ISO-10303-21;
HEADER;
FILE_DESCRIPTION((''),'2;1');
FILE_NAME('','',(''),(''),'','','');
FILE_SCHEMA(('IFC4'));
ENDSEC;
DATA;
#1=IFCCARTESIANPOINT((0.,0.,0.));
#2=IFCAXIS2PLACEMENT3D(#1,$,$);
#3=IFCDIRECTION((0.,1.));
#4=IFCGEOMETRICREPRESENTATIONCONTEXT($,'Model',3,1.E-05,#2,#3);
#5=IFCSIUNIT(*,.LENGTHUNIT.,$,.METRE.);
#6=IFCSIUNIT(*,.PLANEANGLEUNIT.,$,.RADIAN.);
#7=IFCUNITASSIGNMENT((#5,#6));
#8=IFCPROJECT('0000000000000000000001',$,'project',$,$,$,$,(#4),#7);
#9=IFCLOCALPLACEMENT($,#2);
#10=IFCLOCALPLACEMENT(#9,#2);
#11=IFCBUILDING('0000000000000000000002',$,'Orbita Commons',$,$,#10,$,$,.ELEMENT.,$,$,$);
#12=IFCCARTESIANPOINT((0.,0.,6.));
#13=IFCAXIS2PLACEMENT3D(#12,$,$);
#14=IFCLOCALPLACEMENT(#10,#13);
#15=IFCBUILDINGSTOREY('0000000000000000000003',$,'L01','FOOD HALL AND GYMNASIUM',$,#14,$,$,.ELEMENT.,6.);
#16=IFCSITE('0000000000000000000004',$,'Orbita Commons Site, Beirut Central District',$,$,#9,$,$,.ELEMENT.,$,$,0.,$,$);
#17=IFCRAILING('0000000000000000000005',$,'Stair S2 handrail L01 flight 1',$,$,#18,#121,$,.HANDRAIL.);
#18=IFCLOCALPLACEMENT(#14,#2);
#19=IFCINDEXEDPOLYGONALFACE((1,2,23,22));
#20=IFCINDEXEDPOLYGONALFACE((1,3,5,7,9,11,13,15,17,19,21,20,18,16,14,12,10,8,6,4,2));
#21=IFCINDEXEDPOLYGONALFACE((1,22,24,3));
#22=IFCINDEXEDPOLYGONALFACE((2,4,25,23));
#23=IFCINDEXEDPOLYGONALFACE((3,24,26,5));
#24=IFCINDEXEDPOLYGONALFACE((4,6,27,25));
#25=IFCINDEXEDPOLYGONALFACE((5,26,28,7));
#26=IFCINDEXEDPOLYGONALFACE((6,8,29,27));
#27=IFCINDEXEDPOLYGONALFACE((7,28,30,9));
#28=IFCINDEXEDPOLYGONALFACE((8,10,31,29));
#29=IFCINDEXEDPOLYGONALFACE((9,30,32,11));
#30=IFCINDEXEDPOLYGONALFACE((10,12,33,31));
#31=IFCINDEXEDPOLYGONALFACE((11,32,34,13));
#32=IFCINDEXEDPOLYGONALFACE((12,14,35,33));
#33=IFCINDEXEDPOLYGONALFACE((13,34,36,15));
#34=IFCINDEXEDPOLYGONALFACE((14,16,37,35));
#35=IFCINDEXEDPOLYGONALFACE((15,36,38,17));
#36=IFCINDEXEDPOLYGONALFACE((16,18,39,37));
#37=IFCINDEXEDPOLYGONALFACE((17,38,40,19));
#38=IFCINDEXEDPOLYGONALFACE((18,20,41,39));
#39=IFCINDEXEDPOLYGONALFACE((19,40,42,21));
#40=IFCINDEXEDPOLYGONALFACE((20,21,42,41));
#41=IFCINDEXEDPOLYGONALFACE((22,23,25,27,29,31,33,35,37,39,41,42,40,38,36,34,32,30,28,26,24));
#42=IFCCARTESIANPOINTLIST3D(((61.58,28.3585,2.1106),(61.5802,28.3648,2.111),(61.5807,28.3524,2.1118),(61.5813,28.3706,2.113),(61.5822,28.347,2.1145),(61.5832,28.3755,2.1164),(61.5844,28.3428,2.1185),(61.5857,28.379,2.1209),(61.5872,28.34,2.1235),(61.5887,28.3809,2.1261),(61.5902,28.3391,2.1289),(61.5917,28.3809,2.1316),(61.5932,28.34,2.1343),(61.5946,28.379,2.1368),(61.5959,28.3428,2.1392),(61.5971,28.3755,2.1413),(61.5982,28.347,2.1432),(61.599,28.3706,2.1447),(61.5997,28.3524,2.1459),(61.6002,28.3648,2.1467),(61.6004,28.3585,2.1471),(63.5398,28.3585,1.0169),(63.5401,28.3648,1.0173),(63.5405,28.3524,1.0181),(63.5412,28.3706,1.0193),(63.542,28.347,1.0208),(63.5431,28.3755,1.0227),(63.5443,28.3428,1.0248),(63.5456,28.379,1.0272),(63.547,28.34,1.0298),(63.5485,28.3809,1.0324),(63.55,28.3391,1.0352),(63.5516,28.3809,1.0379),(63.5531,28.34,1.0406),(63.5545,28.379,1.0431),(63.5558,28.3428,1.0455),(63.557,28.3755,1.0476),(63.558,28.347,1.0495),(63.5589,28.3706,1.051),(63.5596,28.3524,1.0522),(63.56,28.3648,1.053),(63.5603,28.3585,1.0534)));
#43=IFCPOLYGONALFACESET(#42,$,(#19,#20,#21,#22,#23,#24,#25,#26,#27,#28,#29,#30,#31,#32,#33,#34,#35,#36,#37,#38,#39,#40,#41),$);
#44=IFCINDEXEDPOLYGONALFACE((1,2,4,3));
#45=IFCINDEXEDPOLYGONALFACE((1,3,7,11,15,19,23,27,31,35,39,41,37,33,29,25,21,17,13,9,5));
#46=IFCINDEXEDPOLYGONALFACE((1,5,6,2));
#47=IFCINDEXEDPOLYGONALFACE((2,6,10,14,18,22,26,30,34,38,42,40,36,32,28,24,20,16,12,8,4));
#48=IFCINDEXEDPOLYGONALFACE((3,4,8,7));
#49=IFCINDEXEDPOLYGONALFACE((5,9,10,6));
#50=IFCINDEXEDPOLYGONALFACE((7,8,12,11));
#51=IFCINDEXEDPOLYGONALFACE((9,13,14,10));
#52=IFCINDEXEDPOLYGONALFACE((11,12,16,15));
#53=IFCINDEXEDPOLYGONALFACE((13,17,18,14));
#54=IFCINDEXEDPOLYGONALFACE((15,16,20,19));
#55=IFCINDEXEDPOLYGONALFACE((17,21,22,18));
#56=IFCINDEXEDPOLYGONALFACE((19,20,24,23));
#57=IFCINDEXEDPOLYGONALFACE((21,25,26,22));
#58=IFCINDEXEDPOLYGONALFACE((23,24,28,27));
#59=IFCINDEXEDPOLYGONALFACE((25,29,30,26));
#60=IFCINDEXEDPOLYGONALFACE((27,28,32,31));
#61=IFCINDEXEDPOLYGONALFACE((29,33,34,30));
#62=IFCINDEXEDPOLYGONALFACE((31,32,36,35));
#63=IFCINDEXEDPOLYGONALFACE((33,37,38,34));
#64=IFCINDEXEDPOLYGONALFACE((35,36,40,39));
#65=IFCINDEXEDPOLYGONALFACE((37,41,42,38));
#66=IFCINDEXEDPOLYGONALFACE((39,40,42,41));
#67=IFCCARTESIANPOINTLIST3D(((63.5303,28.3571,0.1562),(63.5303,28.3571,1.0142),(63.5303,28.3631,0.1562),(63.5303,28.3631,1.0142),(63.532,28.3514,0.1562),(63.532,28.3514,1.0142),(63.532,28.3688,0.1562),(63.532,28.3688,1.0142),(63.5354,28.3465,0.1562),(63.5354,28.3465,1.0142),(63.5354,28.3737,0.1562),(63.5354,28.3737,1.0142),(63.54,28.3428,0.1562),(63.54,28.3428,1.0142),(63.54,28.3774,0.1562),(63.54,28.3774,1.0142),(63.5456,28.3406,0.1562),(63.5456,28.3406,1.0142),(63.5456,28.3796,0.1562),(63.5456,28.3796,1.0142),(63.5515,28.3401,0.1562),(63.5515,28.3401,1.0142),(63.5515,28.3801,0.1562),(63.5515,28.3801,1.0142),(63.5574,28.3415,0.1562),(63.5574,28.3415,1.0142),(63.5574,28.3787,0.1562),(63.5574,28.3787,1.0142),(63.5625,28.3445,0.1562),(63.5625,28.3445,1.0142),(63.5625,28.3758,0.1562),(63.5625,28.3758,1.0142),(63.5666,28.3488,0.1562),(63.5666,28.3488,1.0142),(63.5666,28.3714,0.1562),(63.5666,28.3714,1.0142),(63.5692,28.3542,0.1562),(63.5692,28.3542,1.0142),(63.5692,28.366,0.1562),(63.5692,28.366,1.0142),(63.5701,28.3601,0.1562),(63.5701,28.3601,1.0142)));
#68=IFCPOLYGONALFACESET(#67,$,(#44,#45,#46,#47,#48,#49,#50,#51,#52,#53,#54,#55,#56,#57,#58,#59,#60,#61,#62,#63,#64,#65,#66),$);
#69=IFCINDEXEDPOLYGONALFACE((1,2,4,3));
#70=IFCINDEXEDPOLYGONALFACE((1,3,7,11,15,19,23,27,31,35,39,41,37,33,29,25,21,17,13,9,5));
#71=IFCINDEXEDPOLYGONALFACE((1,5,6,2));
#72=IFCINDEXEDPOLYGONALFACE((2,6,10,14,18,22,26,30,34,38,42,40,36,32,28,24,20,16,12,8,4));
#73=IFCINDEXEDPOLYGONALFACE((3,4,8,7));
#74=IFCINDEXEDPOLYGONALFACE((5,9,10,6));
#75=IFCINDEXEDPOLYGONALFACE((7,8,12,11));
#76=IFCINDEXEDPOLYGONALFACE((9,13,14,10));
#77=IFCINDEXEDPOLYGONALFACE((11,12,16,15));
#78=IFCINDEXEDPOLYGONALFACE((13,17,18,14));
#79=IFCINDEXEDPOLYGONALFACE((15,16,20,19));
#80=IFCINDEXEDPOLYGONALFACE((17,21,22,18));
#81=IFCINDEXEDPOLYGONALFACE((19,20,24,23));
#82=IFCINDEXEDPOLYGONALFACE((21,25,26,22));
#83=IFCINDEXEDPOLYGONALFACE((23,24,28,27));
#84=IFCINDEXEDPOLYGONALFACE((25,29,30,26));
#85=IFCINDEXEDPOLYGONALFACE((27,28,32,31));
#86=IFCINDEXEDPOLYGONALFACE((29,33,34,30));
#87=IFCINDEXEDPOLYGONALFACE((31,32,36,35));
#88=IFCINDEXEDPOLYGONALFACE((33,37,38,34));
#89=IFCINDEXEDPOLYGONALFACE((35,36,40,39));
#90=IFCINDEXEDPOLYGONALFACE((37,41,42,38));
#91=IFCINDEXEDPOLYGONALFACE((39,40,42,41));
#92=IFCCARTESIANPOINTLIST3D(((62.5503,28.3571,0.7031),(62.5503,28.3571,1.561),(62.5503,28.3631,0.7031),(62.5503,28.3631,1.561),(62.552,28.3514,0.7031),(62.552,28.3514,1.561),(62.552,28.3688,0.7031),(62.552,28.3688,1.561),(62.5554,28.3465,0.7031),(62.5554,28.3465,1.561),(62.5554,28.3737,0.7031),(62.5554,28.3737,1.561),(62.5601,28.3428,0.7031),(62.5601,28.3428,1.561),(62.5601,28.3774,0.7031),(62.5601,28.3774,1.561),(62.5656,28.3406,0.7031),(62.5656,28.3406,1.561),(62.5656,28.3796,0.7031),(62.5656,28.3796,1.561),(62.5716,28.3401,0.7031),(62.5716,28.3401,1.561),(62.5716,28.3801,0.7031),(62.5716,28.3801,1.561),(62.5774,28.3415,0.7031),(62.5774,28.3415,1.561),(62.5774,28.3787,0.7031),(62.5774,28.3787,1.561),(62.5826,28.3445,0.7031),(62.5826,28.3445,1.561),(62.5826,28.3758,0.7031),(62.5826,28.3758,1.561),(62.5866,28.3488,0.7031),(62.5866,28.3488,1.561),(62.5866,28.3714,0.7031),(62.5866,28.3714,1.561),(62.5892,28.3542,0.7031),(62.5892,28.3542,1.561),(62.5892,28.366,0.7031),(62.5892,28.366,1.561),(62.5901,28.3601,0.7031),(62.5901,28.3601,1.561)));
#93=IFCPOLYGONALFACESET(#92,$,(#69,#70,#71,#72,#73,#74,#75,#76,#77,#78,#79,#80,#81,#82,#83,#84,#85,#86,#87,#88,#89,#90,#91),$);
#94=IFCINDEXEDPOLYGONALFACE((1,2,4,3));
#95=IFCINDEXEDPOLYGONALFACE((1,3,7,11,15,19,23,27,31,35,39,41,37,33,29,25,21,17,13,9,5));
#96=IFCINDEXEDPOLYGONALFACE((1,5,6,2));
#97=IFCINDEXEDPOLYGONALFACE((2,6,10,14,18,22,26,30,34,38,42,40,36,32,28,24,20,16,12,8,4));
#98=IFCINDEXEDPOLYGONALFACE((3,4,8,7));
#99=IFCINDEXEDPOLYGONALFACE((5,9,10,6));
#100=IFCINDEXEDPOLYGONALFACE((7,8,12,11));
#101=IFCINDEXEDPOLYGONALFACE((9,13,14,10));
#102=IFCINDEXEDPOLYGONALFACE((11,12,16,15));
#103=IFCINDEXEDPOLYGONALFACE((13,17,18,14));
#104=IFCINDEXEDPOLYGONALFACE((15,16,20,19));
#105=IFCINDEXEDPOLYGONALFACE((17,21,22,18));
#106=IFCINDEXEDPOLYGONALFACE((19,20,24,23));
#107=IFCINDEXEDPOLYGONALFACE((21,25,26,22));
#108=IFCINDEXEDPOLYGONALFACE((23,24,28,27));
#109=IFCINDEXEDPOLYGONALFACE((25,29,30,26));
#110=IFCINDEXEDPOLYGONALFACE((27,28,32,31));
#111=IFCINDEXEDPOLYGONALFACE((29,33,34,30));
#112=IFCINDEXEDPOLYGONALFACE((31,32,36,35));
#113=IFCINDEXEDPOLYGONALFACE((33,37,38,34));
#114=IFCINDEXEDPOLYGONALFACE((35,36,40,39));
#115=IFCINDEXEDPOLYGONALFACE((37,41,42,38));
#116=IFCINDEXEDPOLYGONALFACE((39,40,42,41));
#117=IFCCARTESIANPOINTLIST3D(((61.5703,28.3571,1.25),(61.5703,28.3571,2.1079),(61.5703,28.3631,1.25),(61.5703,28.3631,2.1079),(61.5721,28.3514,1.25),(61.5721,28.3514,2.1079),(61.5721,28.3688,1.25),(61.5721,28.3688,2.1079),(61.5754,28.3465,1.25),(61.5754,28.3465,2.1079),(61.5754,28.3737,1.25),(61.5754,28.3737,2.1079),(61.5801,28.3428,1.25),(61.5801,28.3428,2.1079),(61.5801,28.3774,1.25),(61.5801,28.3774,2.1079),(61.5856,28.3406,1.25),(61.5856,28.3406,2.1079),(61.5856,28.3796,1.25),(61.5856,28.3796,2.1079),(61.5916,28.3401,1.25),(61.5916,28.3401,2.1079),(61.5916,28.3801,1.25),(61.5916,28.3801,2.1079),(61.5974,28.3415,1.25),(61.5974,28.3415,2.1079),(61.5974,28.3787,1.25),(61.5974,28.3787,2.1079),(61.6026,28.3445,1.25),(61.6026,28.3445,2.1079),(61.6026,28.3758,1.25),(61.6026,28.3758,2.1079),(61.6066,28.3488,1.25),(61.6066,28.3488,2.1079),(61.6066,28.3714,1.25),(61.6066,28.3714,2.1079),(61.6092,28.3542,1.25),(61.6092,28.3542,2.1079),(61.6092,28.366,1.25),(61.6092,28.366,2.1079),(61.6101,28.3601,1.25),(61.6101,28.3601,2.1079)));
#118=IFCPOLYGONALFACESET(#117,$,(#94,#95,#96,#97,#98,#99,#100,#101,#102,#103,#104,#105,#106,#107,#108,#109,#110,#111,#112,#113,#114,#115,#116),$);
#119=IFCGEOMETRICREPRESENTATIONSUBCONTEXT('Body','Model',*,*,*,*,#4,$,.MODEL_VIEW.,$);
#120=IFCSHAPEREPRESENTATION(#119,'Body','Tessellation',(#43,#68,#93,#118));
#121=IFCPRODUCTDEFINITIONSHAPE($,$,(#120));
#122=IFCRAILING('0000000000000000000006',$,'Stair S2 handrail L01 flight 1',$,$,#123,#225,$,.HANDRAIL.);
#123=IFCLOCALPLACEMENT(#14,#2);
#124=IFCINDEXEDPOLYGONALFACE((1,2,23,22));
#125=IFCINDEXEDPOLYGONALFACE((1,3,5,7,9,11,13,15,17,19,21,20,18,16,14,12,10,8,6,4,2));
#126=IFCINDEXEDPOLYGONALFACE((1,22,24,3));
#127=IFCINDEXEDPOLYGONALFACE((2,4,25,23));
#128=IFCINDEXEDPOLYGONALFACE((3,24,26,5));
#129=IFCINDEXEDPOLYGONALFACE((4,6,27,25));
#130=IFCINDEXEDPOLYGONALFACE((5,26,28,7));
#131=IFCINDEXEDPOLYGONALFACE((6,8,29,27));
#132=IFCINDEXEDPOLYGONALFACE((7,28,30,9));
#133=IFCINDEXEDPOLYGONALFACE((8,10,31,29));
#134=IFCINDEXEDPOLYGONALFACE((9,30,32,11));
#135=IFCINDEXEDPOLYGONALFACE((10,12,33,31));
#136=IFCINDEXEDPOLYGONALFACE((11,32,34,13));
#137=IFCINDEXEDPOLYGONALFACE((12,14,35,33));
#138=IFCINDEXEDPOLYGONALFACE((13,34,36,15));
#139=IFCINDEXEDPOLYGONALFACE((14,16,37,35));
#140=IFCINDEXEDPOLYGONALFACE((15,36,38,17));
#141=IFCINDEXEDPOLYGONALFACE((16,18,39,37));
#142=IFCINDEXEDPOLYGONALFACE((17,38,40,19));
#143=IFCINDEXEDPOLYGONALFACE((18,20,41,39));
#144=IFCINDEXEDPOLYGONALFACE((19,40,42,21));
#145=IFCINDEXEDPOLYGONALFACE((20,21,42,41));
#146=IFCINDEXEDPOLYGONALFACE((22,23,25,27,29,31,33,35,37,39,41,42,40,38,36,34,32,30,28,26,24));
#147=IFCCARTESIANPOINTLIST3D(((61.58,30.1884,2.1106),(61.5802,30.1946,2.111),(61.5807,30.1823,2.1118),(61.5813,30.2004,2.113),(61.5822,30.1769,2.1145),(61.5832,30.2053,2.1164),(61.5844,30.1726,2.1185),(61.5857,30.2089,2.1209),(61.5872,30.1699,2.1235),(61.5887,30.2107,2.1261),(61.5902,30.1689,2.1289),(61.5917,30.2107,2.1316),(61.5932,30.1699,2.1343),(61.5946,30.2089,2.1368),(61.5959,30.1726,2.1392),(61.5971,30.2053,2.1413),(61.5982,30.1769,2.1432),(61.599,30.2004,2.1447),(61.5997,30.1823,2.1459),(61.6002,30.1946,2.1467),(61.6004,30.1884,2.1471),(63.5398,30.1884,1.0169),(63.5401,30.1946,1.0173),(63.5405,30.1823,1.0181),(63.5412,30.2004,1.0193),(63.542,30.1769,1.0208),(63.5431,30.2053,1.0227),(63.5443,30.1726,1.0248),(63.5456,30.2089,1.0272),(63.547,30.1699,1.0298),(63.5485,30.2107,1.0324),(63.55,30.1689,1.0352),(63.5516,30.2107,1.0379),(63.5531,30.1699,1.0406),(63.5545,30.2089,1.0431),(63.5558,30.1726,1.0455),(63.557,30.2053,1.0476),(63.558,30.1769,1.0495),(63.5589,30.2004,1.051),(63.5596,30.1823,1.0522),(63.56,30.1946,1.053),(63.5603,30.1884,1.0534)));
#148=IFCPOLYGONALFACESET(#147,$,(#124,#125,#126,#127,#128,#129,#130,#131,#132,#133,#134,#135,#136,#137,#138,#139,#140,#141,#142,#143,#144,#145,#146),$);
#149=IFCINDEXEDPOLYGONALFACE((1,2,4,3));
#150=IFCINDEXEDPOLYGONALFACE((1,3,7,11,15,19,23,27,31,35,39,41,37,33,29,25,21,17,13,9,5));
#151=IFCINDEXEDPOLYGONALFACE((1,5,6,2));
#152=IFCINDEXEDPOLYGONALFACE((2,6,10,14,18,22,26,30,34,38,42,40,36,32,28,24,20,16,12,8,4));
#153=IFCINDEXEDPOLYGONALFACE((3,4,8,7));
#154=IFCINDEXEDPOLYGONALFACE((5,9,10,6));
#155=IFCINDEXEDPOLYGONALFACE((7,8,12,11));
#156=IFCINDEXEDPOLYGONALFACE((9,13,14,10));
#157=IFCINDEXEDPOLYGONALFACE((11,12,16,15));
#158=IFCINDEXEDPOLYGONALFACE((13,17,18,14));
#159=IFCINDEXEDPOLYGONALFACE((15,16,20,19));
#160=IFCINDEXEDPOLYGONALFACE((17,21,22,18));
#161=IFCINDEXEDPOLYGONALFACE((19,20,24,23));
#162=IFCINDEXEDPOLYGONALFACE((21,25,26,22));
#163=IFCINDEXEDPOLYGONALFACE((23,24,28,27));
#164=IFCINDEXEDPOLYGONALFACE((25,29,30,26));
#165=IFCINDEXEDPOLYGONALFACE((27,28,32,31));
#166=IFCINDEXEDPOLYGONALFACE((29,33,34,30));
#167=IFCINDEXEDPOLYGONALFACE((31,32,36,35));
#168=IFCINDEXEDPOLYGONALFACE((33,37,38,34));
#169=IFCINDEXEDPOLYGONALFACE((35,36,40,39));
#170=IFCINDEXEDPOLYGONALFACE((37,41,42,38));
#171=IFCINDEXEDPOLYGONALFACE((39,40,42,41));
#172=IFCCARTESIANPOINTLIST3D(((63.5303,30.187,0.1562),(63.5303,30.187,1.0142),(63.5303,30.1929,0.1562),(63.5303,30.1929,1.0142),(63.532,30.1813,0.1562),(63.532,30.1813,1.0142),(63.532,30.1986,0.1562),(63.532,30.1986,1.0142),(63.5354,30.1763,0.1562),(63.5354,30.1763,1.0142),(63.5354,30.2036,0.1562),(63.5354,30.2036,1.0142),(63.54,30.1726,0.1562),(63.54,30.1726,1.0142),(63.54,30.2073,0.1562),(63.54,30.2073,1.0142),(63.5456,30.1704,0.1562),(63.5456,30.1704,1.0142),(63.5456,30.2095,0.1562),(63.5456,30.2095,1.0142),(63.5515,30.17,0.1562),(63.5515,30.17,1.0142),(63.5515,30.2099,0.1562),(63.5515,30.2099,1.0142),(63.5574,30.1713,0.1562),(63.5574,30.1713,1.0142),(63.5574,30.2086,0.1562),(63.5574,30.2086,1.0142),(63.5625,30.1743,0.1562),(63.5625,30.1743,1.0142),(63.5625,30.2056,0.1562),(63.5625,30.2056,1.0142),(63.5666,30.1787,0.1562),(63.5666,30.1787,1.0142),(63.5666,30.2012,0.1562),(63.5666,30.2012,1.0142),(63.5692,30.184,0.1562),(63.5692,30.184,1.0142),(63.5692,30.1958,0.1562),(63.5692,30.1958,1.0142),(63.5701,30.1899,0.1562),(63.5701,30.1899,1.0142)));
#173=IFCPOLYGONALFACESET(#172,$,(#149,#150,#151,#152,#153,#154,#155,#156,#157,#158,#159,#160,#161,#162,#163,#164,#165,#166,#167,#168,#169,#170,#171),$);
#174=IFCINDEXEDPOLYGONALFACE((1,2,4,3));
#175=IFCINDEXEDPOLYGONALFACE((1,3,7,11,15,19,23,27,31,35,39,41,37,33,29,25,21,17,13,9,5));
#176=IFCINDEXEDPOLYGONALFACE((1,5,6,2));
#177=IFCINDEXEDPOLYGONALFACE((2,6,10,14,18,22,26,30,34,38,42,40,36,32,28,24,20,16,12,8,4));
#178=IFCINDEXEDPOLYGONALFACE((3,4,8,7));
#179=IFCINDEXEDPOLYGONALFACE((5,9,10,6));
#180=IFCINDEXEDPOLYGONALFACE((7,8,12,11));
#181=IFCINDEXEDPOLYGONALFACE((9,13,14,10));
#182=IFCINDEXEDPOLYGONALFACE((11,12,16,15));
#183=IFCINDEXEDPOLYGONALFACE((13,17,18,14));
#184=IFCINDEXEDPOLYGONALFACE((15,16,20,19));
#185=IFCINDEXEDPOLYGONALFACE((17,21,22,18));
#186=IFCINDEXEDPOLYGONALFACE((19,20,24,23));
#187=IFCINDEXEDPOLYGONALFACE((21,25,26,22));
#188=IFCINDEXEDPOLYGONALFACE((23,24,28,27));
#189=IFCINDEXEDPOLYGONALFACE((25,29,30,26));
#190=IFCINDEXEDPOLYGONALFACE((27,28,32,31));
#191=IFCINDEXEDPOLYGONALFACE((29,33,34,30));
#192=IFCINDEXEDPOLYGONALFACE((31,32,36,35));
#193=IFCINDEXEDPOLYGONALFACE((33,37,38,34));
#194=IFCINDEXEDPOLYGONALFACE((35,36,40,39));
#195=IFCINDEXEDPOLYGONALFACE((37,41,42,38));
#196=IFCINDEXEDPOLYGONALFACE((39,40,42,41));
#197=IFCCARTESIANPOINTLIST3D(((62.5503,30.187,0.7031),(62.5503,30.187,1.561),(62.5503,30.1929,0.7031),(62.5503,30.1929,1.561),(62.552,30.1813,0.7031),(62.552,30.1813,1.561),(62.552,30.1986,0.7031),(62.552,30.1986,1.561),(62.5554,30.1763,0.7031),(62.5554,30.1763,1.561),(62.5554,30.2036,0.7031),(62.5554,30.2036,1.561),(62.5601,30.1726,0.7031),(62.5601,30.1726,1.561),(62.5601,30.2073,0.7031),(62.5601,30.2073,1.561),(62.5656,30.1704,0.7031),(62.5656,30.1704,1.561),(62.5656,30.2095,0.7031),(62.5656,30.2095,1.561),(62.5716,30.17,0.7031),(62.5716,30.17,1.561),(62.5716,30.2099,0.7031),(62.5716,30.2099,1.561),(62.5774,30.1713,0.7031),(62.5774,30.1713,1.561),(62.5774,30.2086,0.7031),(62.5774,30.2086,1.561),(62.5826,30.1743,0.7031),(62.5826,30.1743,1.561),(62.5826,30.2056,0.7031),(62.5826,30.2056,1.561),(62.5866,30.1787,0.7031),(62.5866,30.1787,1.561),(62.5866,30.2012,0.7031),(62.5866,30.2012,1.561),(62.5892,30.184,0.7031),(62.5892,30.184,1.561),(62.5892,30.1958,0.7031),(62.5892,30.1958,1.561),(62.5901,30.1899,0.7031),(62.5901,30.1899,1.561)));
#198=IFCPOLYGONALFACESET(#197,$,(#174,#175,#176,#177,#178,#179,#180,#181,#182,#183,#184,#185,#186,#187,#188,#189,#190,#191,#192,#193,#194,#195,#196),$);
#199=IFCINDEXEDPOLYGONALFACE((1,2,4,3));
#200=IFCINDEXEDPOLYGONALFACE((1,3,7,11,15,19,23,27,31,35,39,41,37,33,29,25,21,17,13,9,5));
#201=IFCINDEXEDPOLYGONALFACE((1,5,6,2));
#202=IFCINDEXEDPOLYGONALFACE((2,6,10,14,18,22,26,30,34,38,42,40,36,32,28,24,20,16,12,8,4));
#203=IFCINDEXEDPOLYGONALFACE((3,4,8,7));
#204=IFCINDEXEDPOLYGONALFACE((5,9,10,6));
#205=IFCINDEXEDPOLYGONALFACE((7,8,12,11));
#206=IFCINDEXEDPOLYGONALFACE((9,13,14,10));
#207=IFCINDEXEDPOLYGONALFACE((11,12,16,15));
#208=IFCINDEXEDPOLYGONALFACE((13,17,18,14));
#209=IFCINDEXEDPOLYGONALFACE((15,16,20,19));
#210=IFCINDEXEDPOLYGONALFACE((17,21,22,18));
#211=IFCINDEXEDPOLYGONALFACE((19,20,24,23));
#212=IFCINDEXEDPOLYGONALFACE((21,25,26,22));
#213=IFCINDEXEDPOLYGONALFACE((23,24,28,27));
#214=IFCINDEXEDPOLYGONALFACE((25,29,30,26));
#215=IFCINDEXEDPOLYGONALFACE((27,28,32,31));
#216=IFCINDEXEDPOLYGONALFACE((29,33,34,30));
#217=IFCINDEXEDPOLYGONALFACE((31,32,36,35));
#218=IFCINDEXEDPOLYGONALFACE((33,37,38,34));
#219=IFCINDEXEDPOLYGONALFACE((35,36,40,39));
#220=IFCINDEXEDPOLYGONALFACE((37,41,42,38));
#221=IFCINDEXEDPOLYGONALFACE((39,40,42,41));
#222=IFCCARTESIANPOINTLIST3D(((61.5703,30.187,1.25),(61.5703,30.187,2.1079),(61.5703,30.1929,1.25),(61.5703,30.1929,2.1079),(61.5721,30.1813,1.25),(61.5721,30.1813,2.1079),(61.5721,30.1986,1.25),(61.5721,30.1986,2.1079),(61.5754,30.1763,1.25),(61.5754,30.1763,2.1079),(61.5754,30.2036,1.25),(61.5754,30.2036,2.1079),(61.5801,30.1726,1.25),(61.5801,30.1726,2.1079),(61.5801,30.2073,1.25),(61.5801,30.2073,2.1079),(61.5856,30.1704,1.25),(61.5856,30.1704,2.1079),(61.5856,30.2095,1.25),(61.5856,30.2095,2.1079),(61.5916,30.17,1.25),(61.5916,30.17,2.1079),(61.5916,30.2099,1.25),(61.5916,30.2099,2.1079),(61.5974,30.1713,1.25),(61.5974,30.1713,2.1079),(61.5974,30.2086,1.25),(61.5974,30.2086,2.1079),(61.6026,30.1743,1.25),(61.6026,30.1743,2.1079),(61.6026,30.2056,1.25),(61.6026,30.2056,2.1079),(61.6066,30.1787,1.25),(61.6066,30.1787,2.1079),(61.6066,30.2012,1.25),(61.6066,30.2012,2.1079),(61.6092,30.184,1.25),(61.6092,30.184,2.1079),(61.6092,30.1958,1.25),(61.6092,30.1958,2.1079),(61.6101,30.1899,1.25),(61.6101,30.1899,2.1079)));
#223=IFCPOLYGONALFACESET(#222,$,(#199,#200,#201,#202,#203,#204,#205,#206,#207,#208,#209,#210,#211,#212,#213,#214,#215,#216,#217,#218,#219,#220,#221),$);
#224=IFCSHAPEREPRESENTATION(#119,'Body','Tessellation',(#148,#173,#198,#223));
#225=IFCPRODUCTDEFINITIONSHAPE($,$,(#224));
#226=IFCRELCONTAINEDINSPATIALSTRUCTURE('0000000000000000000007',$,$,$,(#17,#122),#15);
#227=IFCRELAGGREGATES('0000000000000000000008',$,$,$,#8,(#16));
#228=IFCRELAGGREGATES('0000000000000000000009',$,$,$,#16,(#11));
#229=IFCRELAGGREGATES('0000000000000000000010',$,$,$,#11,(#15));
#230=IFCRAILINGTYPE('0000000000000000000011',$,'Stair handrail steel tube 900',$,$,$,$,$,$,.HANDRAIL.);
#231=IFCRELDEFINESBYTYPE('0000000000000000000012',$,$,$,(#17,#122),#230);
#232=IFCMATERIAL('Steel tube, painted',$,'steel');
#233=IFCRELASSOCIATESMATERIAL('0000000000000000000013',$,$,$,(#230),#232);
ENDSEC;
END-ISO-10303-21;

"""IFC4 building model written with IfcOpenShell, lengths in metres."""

from ifc_helpers import new_model, si_unit, direction, frame, origin, origin_2d, place, context, subcontext, project, spatial, circle, extrude, material, type_object, element, save


model = new_model("IFC4")

# Units and contexts
model_context = context("Model", 3, precision=1e-05, world=origin(), true_north=direction((0.0, 1.0)))
body_context = subcontext(model_context, "Body", "Model", "MODEL_VIEW")
ifc_project = project(units=[si_unit("LENGTHUNIT", "METRE"), si_unit("PLANEANGLEUNIT", "RADIAN")], contexts=[model_context])

# Site, building, storey
site_placement = place(None, origin())
site = spatial("IfcSite", under=ifc_project, at=site_placement, Name="Orbita Commons Site, Beirut Central District", CompositionType="ELEMENT", RefElevation=0.0)
building_placement = place(site_placement, origin())
building = spatial("IfcBuilding", under=site, at=building_placement, Name="Orbita Commons", CompositionType="ELEMENT")
storey_placement = place(building_placement, frame((0.0, 0.0, 6.0)))
storey = spatial("IfcBuildingStorey", under=building, at=storey_placement, Name="L01", Description="FOOD HALL AND GYMNASIUM", CompositionType="ELEMENT", Elevation=6.0)

# Railings
ifc_material_1 = material(Name="Steel tube, painted", Category="steel")
railing_type = type_object("IfcRailingType", Name="Stair handrail steel tube 900", PredefinedType="HANDRAIL", material=ifc_material_1)
for number, where, name in (
    (1, (63.55, 28.3601, 0.1562), "Stair S2 handrail L01 flight 1"),
    (2, (63.55, 30.1899, 0.1562), "Stair S2 handrail L01 flight 1"),
):
    element("IfcRailing", number, at=place(storey_placement, frame(where)), inside=storey, type_object=railing_type, Name=name, PredefinedType="HANDRAIL", context=body_context, shape_type="SweptSolid", body=[
        extrude(circle(Radius=0.021, at=origin_2d()), frame((0.0, 0.0, 0.8789), z_axis=(-0.873232, 0.0, 0.487304), x_axis=(0.0, -1.0, 0.0)), (0.0, 0.0, 1.0), 2.2444),
        extrude(circle(Radius=0.02, at=origin_2d()), origin(), (0.0, 0.0, 1.0), 0.8579),
        extrude(circle(Radius=0.02, at=origin_2d()), frame((-0.98, 0.0, 0.5469)), (0.0, 0.0, 1.0), 0.8579),
        extrude(circle(Radius=0.02, at=origin_2d()), frame((-1.96, 0.0, 1.0938)), (0.0, 0.0, 1.0), 0.8579),
    ])

save(model, "model.ifc")
